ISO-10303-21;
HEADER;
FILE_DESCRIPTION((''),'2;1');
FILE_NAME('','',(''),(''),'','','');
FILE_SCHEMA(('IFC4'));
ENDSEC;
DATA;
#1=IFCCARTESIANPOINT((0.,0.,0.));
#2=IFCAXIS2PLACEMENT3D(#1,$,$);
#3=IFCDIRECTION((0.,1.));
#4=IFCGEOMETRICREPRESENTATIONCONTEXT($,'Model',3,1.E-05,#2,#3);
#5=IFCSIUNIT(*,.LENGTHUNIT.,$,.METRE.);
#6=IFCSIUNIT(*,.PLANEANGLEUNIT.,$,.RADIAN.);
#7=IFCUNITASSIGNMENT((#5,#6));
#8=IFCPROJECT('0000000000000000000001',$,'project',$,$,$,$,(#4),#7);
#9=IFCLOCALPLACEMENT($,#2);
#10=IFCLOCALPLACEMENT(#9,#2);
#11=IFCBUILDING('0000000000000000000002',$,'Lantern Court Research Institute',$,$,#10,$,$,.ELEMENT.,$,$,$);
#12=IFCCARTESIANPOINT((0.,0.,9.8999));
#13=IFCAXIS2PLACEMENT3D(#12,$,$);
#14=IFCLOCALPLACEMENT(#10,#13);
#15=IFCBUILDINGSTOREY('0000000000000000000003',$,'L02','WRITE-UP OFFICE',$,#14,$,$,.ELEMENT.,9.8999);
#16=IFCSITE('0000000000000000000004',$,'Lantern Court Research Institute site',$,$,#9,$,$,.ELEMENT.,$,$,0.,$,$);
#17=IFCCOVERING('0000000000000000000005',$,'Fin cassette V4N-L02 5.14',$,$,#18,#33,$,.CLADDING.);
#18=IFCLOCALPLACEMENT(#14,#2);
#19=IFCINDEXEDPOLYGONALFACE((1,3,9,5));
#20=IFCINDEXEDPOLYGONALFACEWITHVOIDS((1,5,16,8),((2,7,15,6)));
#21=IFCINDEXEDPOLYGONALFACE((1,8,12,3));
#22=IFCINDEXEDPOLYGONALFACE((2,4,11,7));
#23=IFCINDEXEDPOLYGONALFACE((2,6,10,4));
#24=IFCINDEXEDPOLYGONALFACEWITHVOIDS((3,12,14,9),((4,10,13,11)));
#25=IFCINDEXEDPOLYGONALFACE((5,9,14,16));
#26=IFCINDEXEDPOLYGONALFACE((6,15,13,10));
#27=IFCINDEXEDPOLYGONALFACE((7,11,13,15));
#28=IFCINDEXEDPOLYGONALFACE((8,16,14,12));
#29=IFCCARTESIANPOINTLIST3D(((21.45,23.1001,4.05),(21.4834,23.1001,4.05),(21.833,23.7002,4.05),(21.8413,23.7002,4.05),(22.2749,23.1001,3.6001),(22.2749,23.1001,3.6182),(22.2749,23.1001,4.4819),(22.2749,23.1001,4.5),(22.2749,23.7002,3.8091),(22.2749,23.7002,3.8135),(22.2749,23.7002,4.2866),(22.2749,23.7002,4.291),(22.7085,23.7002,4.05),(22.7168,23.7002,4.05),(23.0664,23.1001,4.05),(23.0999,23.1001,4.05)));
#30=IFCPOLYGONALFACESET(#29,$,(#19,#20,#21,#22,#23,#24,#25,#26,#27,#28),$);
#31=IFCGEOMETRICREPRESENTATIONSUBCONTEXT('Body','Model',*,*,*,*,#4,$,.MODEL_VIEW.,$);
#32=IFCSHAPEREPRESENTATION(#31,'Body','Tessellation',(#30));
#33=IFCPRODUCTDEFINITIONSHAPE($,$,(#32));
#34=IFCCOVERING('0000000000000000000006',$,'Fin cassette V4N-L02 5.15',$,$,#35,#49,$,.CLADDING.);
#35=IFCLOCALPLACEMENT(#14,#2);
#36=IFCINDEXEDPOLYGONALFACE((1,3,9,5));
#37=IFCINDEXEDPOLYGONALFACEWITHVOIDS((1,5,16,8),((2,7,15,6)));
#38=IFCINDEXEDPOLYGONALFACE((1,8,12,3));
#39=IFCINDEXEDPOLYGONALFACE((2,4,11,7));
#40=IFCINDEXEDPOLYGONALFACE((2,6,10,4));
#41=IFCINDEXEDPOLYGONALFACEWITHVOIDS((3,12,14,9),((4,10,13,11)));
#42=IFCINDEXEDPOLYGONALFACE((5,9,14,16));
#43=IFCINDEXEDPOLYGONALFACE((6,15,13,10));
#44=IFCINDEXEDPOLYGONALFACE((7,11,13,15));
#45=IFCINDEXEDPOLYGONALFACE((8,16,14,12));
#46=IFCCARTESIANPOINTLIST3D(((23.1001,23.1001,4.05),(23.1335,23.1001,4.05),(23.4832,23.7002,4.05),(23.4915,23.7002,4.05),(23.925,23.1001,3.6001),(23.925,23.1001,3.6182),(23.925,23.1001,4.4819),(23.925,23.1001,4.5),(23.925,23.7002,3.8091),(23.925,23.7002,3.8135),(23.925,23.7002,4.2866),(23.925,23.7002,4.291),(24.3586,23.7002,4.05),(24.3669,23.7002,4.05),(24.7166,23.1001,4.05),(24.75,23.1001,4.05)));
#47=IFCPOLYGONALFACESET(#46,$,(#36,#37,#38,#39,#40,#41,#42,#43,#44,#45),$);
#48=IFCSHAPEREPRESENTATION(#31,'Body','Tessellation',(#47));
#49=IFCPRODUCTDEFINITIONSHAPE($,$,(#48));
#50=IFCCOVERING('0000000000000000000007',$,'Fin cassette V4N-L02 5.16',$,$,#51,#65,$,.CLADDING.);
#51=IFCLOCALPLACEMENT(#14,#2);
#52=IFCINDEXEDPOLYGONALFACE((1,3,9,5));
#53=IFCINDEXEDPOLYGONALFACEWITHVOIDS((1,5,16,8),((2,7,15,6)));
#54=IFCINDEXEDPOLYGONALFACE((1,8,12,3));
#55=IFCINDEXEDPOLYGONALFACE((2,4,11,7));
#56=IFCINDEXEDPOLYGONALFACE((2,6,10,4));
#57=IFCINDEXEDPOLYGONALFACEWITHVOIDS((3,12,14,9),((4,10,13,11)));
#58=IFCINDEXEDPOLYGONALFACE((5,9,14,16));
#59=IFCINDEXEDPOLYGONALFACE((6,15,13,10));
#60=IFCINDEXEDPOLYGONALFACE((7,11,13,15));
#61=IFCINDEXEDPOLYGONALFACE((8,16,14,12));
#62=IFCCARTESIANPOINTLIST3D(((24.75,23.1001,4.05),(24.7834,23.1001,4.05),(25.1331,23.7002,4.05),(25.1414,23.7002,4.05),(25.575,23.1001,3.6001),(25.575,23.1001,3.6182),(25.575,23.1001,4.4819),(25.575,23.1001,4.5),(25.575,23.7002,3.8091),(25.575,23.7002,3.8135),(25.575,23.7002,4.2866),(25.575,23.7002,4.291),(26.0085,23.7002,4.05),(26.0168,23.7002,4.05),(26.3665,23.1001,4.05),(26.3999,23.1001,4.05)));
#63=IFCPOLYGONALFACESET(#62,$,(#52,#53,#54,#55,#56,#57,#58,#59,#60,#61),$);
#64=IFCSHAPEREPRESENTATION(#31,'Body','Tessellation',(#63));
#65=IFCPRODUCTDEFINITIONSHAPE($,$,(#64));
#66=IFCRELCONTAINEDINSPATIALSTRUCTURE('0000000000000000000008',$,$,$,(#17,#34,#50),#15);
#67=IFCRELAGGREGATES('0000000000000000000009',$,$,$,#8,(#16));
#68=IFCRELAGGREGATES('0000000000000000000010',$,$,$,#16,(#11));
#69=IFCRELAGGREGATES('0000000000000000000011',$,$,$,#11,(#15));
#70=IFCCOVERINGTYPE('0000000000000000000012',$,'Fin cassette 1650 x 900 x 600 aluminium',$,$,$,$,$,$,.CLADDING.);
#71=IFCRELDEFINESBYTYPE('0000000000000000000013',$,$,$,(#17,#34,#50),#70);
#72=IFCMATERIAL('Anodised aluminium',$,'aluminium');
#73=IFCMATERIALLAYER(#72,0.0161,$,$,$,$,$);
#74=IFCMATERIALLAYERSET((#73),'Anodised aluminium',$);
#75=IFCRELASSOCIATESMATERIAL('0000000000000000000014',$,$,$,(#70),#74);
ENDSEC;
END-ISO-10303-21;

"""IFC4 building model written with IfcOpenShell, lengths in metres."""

from ifc_helpers import new_model, entity, si_unit, direction, frame, origin, place, context, subcontext, project, spatial, material, layer, layer_set, type_object, element, save


model = new_model("IFC4")

# Units and contexts
model_context = context("Model", 3, precision=1e-05, world=origin(), true_north=direction((0.0, 1.0)))
body_context = subcontext(model_context, "Body", "Model", "MODEL_VIEW")
ifc_project = project(units=[si_unit("LENGTHUNIT", "METRE"), si_unit("PLANEANGLEUNIT", "RADIAN")], contexts=[model_context])

# Site, building, storey
site_placement = place(None, origin())
site = spatial("IfcSite", under=ifc_project, at=site_placement, Name="Lantern Court Research Institute site", CompositionType="ELEMENT", RefElevation=0.0)
building_placement = place(site_placement, origin())
building = spatial("IfcBuilding", under=site, at=building_placement, Name="Lantern Court Research Institute", CompositionType="ELEMENT")
storey_placement = place(building_placement, frame((0.0, 0.0, 9.8999)))
storey = spatial("IfcBuildingStorey", under=building, at=storey_placement, Name="L02", Description="WRITE-UP OFFICE", CompositionType="ELEMENT", Elevation=9.8999)

# Coverings
ifc_material_1 = material(Name="Anodised aluminium", Category="aluminium")
ifc_layer_1 = layer(ifc_material_1, 0.0161)
ifc_layer_set_1 = layer_set([ifc_layer_1], Name="Anodised aluminium")
covering_type = type_object("IfcCoveringType", Name="Fin cassette 1650 x 900 x 600 aluminium", PredefinedType="CLADDING", material=ifc_layer_set_1)
covering_1_placement = place(storey_placement, frame((22.2749, 23.1001, 4.05), z_axis=(0.0, 1.0, 0.0), x_axis=(-1.0, 0.0, 0.0)))
cartesian_point_1 = entity("IfcCartesianPoint", [0.825, 0.0])
cartesian_point_2 = entity("IfcCartesianPoint", [0.7915, 0.0])
cartesian_point_3 = entity("IfcCartesianPoint", [0.4419, 0.0])
cartesian_point_4 = entity("IfcCartesianPoint", [0.4336, 0.0])
element("IfcCovering", 1, at=covering_1_placement, inside=storey, type_object=covering_type, Name="Fin cassette V4N-L02 5.14", PredefinedType="CLADDING", context=body_context, shape_type="SweptSolid", body=[
    entity("IfcExtrudedAreaSolidTapered", entity("IfcArbitraryProfileDefWithVoids", "AREA", None, entity("IfcPolyline", [cartesian_point_1, entity("IfcCartesianPoint", [0.0, 0.45]), entity("IfcCartesianPoint", [-0.825, 0.0]), entity("IfcCartesianPoint", [0.0, -0.45]), cartesian_point_1]), [entity("IfcPolyline", [cartesian_point_2, entity("IfcCartesianPoint", [0.0, 0.4319]), entity("IfcCartesianPoint", [-0.7915, 0.0]), entity("IfcCartesianPoint", [0.0, -0.4319]), cartesian_point_2])]), entity("IfcAxis2Placement3D", entity("IfcCartesianPoint", [0.0, 0.0, 0.0])), entity("IfcDirection", [0.0, 0.0, 1.0]), 0.6001, entity("IfcArbitraryProfileDefWithVoids", "AREA", None, entity("IfcPolyline", [cartesian_point_3, entity("IfcCartesianPoint", [0.0, 0.241]), entity("IfcCartesianPoint", [-0.4419, 0.0]), entity("IfcCartesianPoint", [0.0, -0.241]), cartesian_point_3]), [entity("IfcPolyline", [cartesian_point_4, entity("IfcCartesianPoint", [0.0, 0.2366]), entity("IfcCartesianPoint", [-0.4336, 0.0]), entity("IfcCartesianPoint", [0.0, -0.2366]), cartesian_point_4])])),
])
covering_2_placement = place(storey_placement, frame((23.925, 23.1001, 4.05), z_axis=(0.0, 1.0, 0.0), x_axis=(-1.0, 0.0, 0.0)))
cartesian_point_5 = entity("IfcCartesianPoint", [0.825, 0.0])
cartesian_point_6 = entity("IfcCartesianPoint", [0.7915, 0.0])
cartesian_point_7 = entity("IfcCartesianPoint", [0.4419, 0.0])
cartesian_point_8 = entity("IfcCartesianPoint", [0.4336, 0.0])
element("IfcCovering", 2, at=covering_2_placement, inside=storey, type_object=covering_type, Name="Fin cassette V4N-L02 5.15", PredefinedType="CLADDING", context=body_context, shape_type="SweptSolid", body=[
    entity("IfcExtrudedAreaSolidTapered", entity("IfcArbitraryProfileDefWithVoids", "AREA", None, entity("IfcPolyline", [cartesian_point_5, entity("IfcCartesianPoint", [0.0, 0.45]), entity("IfcCartesianPoint", [-0.825, 0.0]), entity("IfcCartesianPoint", [0.0, -0.45]), cartesian_point_5]), [entity("IfcPolyline", [cartesian_point_6, entity("IfcCartesianPoint", [0.0, 0.4319]), entity("IfcCartesianPoint", [-0.7915, 0.0]), entity("IfcCartesianPoint", [0.0, -0.4319]), cartesian_point_6])]), entity("IfcAxis2Placement3D", entity("IfcCartesianPoint", [0.0, 0.0, 0.0])), entity("IfcDirection", [0.0, 0.0, 1.0]), 0.6001, entity("IfcArbitraryProfileDefWithVoids", "AREA", None, entity("IfcPolyline", [cartesian_point_7, entity("IfcCartesianPoint", [0.0, 0.241]), entity("IfcCartesianPoint", [-0.4419, 0.0]), entity("IfcCartesianPoint", [0.0, -0.241]), cartesian_point_7]), [entity("IfcPolyline", [cartesian_point_8, entity("IfcCartesianPoint", [0.0, 0.2366]), entity("IfcCartesianPoint", [-0.4336, 0.0]), entity("IfcCartesianPoint", [0.0, -0.2366]), cartesian_point_8])])),
])
covering_3_placement = place(storey_placement, frame((25.575, 23.1001, 4.05), z_axis=(0.0, 1.0, 0.0), x_axis=(-1.0, 0.0, 0.0)))
cartesian_point_9 = entity("IfcCartesianPoint", [0.825, 0.0])
cartesian_point_10 = entity("IfcCartesianPoint", [0.7915, 0.0])
cartesian_point_11 = entity("IfcCartesianPoint", [0.4419, 0.0])
cartesian_point_12 = entity("IfcCartesianPoint", [0.4336, 0.0])
element("IfcCovering", 3, at=covering_3_placement, inside=storey, type_object=covering_type, Name="Fin cassette V4N-L02 5.16", PredefinedType="CLADDING", context=body_context, shape_type="SweptSolid", body=[
    entity("IfcExtrudedAreaSolidTapered", entity("IfcArbitraryProfileDefWithVoids", "AREA", None, entity("IfcPolyline", [cartesian_point_9, entity("IfcCartesianPoint", [0.0, 0.45]), entity("IfcCartesianPoint", [-0.825, 0.0]), entity("IfcCartesianPoint", [0.0, -0.45]), cartesian_point_9]), [entity("IfcPolyline", [cartesian_point_10, entity("IfcCartesianPoint", [0.0, 0.4319]), entity("IfcCartesianPoint", [-0.7915, 0.0]), entity("IfcCartesianPoint", [0.0, -0.4319]), cartesian_point_10])]), entity("IfcAxis2Placement3D", entity("IfcCartesianPoint", [0.0, 0.0, 0.0])), entity("IfcDirection", [0.0, 0.0, 1.0]), 0.6001, entity("IfcArbitraryProfileDefWithVoids", "AREA", None, entity("IfcPolyline", [cartesian_point_11, entity("IfcCartesianPoint", [0.0, 0.241]), entity("IfcCartesianPoint", [-0.4419, 0.0]), entity("IfcCartesianPoint", [0.0, -0.241]), cartesian_point_11]), [entity("IfcPolyline", [cartesian_point_12, entity("IfcCartesianPoint", [0.0, 0.2366]), entity("IfcCartesianPoint", [-0.4336, 0.0]), entity("IfcCartesianPoint", [0.0, -0.2366]), cartesian_point_12])])),
])

save(model, "model.ifc")
